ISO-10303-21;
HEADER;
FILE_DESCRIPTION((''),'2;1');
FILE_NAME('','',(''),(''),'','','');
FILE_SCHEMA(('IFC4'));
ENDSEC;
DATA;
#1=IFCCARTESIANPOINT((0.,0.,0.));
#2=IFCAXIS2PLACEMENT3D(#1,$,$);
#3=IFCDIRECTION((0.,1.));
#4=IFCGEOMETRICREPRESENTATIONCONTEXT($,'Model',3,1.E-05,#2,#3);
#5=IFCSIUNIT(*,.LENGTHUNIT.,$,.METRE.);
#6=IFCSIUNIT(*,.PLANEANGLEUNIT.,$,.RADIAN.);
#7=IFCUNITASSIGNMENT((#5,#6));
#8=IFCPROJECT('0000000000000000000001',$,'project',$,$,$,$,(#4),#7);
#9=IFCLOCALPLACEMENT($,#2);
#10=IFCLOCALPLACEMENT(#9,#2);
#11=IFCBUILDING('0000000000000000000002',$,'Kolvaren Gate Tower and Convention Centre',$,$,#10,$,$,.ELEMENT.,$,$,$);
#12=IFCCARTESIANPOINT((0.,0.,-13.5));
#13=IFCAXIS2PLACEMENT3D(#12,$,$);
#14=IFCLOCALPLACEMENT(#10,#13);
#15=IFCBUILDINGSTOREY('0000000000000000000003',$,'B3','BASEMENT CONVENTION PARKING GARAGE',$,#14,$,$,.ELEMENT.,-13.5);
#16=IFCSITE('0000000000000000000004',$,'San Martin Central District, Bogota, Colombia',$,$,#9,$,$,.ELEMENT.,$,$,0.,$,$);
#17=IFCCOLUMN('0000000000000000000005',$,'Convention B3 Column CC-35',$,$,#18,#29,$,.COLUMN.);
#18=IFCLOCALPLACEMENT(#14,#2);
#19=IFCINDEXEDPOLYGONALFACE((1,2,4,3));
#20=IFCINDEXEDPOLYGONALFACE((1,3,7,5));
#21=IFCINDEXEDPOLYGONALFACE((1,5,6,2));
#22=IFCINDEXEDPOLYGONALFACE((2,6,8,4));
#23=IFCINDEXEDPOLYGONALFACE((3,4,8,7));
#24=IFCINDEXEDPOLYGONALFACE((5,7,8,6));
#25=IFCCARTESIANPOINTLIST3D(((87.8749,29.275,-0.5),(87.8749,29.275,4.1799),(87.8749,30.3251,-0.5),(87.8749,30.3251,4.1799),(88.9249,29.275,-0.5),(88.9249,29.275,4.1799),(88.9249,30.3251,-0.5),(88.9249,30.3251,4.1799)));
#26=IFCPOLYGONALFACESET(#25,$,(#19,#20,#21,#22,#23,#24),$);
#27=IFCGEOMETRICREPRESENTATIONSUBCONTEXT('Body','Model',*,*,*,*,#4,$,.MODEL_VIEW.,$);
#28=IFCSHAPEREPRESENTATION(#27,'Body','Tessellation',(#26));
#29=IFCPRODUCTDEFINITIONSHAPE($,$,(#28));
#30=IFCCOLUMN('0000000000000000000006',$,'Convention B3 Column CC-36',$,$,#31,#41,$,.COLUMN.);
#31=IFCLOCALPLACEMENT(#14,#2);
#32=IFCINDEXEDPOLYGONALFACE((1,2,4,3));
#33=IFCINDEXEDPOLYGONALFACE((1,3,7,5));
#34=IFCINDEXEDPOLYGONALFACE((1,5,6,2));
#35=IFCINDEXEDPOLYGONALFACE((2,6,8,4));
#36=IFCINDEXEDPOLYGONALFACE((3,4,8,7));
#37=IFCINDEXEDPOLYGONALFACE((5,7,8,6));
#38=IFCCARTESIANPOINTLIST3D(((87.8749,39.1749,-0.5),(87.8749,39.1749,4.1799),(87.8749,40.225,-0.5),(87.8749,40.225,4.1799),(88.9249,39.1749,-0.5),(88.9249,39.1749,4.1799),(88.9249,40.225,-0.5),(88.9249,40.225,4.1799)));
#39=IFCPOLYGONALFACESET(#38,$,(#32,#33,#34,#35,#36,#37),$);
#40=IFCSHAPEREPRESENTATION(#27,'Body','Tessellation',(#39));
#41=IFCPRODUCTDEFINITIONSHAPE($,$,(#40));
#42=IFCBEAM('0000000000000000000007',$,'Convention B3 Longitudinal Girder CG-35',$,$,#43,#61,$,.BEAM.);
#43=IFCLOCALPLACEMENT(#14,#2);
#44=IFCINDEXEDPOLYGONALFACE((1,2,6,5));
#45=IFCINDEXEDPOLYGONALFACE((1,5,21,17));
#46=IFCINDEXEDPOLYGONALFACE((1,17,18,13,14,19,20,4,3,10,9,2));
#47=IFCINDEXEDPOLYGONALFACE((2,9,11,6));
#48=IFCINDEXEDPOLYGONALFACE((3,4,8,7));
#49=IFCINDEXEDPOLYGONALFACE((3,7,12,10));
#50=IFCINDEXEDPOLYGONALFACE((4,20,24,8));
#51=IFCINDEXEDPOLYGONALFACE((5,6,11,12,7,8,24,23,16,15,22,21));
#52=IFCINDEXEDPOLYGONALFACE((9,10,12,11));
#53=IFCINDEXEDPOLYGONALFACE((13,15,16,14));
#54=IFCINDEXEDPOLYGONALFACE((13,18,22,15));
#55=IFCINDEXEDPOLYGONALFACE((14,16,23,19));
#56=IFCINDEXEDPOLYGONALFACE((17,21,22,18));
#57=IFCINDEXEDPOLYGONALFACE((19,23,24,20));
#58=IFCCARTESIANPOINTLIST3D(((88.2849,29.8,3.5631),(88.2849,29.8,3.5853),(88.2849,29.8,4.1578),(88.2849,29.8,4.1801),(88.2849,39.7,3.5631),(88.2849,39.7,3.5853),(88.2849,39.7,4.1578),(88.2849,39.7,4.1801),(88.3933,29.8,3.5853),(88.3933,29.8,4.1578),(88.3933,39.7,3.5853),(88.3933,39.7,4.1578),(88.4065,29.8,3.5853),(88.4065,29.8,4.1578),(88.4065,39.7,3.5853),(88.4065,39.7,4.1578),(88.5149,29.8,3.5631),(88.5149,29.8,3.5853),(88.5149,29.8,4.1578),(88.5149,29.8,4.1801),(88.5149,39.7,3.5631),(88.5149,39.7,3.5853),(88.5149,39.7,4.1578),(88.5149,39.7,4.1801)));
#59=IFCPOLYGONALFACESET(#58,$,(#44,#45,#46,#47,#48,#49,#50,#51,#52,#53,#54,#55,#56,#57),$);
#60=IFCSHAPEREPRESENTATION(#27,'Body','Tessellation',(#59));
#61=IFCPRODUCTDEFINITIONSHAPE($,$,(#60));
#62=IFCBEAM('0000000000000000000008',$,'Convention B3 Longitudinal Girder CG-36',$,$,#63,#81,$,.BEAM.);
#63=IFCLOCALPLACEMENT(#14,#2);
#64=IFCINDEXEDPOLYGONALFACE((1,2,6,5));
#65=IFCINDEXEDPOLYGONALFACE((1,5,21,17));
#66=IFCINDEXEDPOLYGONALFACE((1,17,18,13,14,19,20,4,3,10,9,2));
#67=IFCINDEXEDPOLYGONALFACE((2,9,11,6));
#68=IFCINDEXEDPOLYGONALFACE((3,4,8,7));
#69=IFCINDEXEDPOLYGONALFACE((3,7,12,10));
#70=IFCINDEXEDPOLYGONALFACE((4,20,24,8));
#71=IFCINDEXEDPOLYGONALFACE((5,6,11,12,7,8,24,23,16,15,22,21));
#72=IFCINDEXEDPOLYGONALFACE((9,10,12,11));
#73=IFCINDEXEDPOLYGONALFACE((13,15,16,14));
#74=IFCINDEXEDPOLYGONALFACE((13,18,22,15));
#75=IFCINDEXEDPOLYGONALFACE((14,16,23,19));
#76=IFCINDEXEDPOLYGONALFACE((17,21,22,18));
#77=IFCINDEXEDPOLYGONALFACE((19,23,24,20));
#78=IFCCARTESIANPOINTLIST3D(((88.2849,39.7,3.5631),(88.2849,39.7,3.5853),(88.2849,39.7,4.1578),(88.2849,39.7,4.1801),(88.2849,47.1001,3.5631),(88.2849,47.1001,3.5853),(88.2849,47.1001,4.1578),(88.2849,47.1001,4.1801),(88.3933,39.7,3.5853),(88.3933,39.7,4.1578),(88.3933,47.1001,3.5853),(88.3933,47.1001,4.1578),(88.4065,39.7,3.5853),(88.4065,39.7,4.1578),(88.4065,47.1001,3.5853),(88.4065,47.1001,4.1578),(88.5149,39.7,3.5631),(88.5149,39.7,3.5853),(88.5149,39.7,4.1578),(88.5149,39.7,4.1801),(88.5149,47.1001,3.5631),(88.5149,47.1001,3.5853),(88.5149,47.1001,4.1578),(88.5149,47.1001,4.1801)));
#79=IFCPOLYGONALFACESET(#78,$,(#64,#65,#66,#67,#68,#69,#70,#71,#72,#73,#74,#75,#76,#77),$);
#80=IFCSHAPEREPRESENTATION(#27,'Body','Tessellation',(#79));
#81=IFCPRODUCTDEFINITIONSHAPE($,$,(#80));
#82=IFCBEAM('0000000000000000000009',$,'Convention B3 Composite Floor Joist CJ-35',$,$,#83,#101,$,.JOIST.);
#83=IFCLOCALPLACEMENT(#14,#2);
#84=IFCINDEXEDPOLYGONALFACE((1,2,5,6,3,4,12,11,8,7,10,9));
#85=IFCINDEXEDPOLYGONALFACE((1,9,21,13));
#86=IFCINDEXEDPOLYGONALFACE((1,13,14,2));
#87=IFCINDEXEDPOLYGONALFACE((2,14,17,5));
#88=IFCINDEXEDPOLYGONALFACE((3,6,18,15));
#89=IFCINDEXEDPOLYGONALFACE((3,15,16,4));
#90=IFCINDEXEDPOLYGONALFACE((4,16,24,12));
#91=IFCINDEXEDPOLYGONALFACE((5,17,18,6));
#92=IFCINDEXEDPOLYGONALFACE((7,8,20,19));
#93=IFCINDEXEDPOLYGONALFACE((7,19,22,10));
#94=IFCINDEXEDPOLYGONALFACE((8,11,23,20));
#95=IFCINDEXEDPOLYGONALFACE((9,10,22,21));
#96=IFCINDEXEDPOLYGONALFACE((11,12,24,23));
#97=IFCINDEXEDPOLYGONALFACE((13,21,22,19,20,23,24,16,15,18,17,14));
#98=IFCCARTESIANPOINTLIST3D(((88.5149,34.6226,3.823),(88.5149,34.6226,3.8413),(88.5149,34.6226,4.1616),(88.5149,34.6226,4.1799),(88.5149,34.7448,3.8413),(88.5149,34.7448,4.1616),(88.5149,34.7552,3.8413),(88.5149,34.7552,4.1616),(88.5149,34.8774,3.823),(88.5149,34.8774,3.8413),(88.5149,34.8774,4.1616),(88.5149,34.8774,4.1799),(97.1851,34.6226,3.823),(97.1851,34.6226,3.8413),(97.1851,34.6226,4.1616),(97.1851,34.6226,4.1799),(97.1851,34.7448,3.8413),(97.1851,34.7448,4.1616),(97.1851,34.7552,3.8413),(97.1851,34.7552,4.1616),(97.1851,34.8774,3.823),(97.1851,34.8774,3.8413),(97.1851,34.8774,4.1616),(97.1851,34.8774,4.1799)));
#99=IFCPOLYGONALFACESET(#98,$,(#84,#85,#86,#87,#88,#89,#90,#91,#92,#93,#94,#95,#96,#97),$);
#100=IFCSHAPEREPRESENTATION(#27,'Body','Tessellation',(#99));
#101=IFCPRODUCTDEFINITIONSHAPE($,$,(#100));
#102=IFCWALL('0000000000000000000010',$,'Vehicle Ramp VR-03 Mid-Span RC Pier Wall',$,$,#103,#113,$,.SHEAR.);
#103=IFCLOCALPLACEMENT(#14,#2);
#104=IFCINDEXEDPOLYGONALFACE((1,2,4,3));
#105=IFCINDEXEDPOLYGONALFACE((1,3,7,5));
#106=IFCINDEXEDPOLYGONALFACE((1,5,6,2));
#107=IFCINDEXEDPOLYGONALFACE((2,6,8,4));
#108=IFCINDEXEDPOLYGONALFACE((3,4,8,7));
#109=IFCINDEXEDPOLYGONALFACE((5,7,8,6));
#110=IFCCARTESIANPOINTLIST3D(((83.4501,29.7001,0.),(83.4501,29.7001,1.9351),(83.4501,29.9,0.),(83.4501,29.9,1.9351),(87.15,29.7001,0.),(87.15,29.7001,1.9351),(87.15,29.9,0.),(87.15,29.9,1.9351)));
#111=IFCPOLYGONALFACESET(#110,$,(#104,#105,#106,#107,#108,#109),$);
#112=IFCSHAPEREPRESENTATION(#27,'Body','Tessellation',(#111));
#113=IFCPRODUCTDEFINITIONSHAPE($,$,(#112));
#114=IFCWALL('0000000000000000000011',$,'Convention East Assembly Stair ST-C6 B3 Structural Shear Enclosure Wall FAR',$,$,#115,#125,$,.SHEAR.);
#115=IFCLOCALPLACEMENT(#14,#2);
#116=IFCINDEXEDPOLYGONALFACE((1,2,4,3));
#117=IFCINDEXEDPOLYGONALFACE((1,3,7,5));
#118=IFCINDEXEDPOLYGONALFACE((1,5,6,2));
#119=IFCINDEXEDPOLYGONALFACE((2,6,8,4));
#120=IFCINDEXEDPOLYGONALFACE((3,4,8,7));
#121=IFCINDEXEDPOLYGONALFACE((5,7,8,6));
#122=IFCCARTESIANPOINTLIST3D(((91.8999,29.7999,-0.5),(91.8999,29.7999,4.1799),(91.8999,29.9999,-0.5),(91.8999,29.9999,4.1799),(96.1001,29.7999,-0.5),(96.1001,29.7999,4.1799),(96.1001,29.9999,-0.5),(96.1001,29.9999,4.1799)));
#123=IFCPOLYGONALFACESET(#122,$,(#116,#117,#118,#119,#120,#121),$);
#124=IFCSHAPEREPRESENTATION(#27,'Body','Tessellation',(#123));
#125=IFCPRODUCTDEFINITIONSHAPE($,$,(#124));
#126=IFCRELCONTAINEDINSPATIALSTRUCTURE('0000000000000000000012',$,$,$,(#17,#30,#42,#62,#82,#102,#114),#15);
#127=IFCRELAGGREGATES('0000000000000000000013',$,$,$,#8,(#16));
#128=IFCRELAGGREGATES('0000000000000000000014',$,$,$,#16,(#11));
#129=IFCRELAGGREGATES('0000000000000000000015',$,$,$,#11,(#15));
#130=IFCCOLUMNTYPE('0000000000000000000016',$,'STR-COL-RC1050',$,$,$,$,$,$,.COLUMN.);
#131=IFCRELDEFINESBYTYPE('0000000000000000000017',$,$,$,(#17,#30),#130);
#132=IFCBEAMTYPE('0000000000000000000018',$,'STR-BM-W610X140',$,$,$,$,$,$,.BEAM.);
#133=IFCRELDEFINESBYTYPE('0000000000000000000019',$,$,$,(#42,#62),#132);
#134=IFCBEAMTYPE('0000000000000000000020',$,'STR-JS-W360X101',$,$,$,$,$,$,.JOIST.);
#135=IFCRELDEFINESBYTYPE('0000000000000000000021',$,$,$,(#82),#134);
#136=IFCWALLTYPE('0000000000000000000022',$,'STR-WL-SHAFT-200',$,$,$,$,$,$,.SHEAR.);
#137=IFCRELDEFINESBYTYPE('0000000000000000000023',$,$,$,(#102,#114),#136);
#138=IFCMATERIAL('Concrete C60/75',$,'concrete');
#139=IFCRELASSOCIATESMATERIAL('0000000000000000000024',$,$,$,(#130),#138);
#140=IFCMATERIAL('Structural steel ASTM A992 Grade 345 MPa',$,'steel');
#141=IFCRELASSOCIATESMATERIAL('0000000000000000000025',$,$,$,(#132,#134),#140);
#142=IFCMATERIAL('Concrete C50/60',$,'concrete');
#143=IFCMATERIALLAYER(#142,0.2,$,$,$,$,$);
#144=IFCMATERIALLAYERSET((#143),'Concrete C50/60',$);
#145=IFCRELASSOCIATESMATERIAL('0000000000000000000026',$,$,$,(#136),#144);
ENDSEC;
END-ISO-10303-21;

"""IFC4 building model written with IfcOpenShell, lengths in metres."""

from ifc_helpers import new_model, si_unit, direction, frame, frame_2d, origin, origin_2d, place, context, subcontext, project, spatial, rectangle, i_section, extrude, material, layer, layer_set, material_profile, profile_set, type_object, element, save


model = new_model("IFC4")

# Units and contexts
model_context = context("Model", 3, precision=1e-05, world=origin(), true_north=direction((0.0, 1.0)))
body_context = subcontext(model_context, "Body", "Model", "MODEL_VIEW")
ifc_project = project(units=[si_unit("LENGTHUNIT", "METRE"), si_unit("PLANEANGLEUNIT", "RADIAN")], contexts=[model_context])

# Site, building, storey
site_placement = place(None, origin())
site = spatial("IfcSite", under=ifc_project, at=site_placement, Name="San Martin Central District, Bogota, Colombia", CompositionType="ELEMENT", RefElevation=0.0)
building_placement = place(site_placement, origin())
building = spatial("IfcBuilding", under=site, at=building_placement, Name="Kolvaren Gate Tower and Convention Centre", CompositionType="ELEMENT")
storey_placement = place(building_placement, frame((0.0, 0.0, -13.5)))
storey = spatial("IfcBuildingStorey", under=building, at=storey_placement, Name="B3", Description="BASEMENT CONVENTION PARKING GARAGE", CompositionType="ELEMENT", Elevation=-13.5)

# Shared definitions
ifc_material_1 = material(Name="Concrete C50/60", Category="concrete")
ifc_material_2 = material(Name="Concrete C60/75", Category="concrete")

# Columns
ifc_material_profile_1 = material_profile(ifc_material_2, rectangle(XDim=1.05, YDim=1.05, at=origin_2d()), Name="RC-COL-1050X1050")
ifc_profile_set_1 = profile_set([ifc_material_profile_1], Name="Concrete C60/75")
column_type = type_object("IfcColumnType", Name="STR-COL-RC1050", PredefinedType="COLUMN", material=ifc_profile_set_1)
for number, where, z_axis, x_axis, name in (
    (1, (88.3999, 29.8, -0.5), (0.0, 0.0, 1.0), (1.0, 0.0, 0.0), "Convention B3 Column CC-35"),
    (2, (88.3999, 39.7, -0.5), (0.0, 0.0, 1.0), (1.0, 0.0, 0.0), "Convention B3 Column CC-36"),
):
    element("IfcColumn", number, at=place(storey_placement, frame(where, z_axis=z_axis, x_axis=x_axis)), inside=storey, type_object=column_type, Name=name, PredefinedType="COLUMN", context=body_context, shape_type="SweptSolid", body=[
        extrude(rectangle(XDim=1.05, YDim=1.05, at=origin_2d()), origin(), (0.0, 0.0, 1.0), 4.6799),
    ])

# Beams
ifc_material_3 = material(Name="Structural steel ASTM A992 Grade 345 MPa", Category="steel")
ifc_material_profile_2 = material_profile(ifc_material_3, i_section(OverallWidth=0.23, OverallDepth=0.6169, WebThickness=0.0132, FlangeThickness=0.0222, at=origin_2d()), Name="W610X140")
ifc_profile_set_2 = profile_set([ifc_material_profile_2], Name="Structural steel ASTM A992 Grade 345 MPa")
beam_type_1 = type_object("IfcBeamType", Name="STR-BM-W610X140", PredefinedType="BEAM", material=ifc_profile_set_2)
beam_1_placement = place(storey_placement, frame((88.3999, 29.8, 3.8716), z_axis=(0.0, 1.0, 0.0), x_axis=(-1.0, 0.0, 0.0)))
element("IfcBeam", 3, at=beam_1_placement, inside=storey, type_object=beam_type_1, Name="Convention B3 Longitudinal Girder CG-35", PredefinedType="BEAM", context=body_context, shape_type="SweptSolid", body=[
    extrude(i_section(OverallWidth=0.23, OverallDepth=0.6169, WebThickness=0.0132, FlangeThickness=0.0222, at=origin_2d()), origin(), (0.0, 0.0, 1.0), 9.8999),
])
beam_2_placement = place(storey_placement, frame((88.3999, 39.7, 3.8716), z_axis=(0.0, 1.0, 0.0), x_axis=(-1.0, 0.0, 0.0)))
element("IfcBeam", 4, at=beam_2_placement, inside=storey, type_object=beam_type_1, Name="Convention B3 Longitudinal Girder CG-36", PredefinedType="BEAM", context=body_context, shape_type="SweptSolid", body=[
    extrude(i_section(OverallWidth=0.23, OverallDepth=0.6169, WebThickness=0.0132, FlangeThickness=0.0222, at=origin_2d()), origin(), (0.0, 0.0, 1.0), 7.4001),
])
ifc_material_profile_3 = material_profile(ifc_material_3, i_section(OverallWidth=0.2549, OverallDepth=0.3569, WebThickness=0.0105, FlangeThickness=0.0183, at=origin_2d()), Name="W360X101")
ifc_profile_set_3 = profile_set([ifc_material_profile_3], Name="Structural steel ASTM A992 Grade 345 MPa")
beam_type_2 = type_object("IfcBeamType", Name="STR-JS-W360X101", PredefinedType="JOIST", material=ifc_profile_set_3)
beam_3_placement = place(storey_placement, frame((88.5149, 34.75, 4.0015), z_axis=(1.0, 0.0, 0.0), x_axis=(0.0, 1.0, 0.0)))
element("IfcBeam", 5, at=beam_3_placement, inside=storey, type_object=beam_type_2, Name="Convention B3 Composite Floor Joist CJ-35", PredefinedType="JOIST", context=body_context, shape_type="SweptSolid", body=[
    extrude(i_section(OverallWidth=0.2549, OverallDepth=0.3569, WebThickness=0.0105, FlangeThickness=0.0183, at=origin_2d()), origin(), (0.0, 0.0, 1.0), 8.6702),
])

# Walls
ifc_layer = layer(ifc_material_1, 0.2)
ifc_layer_set = layer_set([ifc_layer], Name="Concrete C50/60")
wall_type = type_object("IfcWallType", Name="STR-WL-SHAFT-200", PredefinedType="SHEAR", material=ifc_layer_set)
wall_1_placement = place(storey_placement, frame((83.45, 29.8, 0.0), z_axis=(0.0, 0.0, 1.0), x_axis=(1.0, 0.0, 0.0)))
element("IfcWall", 6, at=wall_1_placement, inside=storey, type_object=wall_type, Name="Vehicle Ramp VR-03 Mid-Span RC Pier Wall", PredefinedType="SHEAR", context=body_context, shape_type="SweptSolid", body=[
    extrude(rectangle(XDim=3.7, YDim=0.2, at=frame_2d((1.8501, 0.0))), origin(), (0.0, 0.0, 1.0), 1.9351),
])
wall_2_placement = place(storey_placement, frame((91.8999, 29.8999, -0.5), z_axis=(0.0, 0.0, 1.0), x_axis=(1.0, 0.0, 0.0)))
element("IfcWall", 7, at=wall_2_placement, inside=storey, type_object=wall_type, Name="Convention East Assembly Stair ST-C6 B3 Structural Shear Enclosure Wall FAR", PredefinedType="SHEAR", context=body_context, shape_type="SweptSolid", body=[
    extrude(rectangle(XDim=4.2002, YDim=0.2, at=frame_2d((2.1001, 0.0))), origin(), (0.0, 0.0, 1.0), 4.6799),
])

save(model, "model.ifc")
